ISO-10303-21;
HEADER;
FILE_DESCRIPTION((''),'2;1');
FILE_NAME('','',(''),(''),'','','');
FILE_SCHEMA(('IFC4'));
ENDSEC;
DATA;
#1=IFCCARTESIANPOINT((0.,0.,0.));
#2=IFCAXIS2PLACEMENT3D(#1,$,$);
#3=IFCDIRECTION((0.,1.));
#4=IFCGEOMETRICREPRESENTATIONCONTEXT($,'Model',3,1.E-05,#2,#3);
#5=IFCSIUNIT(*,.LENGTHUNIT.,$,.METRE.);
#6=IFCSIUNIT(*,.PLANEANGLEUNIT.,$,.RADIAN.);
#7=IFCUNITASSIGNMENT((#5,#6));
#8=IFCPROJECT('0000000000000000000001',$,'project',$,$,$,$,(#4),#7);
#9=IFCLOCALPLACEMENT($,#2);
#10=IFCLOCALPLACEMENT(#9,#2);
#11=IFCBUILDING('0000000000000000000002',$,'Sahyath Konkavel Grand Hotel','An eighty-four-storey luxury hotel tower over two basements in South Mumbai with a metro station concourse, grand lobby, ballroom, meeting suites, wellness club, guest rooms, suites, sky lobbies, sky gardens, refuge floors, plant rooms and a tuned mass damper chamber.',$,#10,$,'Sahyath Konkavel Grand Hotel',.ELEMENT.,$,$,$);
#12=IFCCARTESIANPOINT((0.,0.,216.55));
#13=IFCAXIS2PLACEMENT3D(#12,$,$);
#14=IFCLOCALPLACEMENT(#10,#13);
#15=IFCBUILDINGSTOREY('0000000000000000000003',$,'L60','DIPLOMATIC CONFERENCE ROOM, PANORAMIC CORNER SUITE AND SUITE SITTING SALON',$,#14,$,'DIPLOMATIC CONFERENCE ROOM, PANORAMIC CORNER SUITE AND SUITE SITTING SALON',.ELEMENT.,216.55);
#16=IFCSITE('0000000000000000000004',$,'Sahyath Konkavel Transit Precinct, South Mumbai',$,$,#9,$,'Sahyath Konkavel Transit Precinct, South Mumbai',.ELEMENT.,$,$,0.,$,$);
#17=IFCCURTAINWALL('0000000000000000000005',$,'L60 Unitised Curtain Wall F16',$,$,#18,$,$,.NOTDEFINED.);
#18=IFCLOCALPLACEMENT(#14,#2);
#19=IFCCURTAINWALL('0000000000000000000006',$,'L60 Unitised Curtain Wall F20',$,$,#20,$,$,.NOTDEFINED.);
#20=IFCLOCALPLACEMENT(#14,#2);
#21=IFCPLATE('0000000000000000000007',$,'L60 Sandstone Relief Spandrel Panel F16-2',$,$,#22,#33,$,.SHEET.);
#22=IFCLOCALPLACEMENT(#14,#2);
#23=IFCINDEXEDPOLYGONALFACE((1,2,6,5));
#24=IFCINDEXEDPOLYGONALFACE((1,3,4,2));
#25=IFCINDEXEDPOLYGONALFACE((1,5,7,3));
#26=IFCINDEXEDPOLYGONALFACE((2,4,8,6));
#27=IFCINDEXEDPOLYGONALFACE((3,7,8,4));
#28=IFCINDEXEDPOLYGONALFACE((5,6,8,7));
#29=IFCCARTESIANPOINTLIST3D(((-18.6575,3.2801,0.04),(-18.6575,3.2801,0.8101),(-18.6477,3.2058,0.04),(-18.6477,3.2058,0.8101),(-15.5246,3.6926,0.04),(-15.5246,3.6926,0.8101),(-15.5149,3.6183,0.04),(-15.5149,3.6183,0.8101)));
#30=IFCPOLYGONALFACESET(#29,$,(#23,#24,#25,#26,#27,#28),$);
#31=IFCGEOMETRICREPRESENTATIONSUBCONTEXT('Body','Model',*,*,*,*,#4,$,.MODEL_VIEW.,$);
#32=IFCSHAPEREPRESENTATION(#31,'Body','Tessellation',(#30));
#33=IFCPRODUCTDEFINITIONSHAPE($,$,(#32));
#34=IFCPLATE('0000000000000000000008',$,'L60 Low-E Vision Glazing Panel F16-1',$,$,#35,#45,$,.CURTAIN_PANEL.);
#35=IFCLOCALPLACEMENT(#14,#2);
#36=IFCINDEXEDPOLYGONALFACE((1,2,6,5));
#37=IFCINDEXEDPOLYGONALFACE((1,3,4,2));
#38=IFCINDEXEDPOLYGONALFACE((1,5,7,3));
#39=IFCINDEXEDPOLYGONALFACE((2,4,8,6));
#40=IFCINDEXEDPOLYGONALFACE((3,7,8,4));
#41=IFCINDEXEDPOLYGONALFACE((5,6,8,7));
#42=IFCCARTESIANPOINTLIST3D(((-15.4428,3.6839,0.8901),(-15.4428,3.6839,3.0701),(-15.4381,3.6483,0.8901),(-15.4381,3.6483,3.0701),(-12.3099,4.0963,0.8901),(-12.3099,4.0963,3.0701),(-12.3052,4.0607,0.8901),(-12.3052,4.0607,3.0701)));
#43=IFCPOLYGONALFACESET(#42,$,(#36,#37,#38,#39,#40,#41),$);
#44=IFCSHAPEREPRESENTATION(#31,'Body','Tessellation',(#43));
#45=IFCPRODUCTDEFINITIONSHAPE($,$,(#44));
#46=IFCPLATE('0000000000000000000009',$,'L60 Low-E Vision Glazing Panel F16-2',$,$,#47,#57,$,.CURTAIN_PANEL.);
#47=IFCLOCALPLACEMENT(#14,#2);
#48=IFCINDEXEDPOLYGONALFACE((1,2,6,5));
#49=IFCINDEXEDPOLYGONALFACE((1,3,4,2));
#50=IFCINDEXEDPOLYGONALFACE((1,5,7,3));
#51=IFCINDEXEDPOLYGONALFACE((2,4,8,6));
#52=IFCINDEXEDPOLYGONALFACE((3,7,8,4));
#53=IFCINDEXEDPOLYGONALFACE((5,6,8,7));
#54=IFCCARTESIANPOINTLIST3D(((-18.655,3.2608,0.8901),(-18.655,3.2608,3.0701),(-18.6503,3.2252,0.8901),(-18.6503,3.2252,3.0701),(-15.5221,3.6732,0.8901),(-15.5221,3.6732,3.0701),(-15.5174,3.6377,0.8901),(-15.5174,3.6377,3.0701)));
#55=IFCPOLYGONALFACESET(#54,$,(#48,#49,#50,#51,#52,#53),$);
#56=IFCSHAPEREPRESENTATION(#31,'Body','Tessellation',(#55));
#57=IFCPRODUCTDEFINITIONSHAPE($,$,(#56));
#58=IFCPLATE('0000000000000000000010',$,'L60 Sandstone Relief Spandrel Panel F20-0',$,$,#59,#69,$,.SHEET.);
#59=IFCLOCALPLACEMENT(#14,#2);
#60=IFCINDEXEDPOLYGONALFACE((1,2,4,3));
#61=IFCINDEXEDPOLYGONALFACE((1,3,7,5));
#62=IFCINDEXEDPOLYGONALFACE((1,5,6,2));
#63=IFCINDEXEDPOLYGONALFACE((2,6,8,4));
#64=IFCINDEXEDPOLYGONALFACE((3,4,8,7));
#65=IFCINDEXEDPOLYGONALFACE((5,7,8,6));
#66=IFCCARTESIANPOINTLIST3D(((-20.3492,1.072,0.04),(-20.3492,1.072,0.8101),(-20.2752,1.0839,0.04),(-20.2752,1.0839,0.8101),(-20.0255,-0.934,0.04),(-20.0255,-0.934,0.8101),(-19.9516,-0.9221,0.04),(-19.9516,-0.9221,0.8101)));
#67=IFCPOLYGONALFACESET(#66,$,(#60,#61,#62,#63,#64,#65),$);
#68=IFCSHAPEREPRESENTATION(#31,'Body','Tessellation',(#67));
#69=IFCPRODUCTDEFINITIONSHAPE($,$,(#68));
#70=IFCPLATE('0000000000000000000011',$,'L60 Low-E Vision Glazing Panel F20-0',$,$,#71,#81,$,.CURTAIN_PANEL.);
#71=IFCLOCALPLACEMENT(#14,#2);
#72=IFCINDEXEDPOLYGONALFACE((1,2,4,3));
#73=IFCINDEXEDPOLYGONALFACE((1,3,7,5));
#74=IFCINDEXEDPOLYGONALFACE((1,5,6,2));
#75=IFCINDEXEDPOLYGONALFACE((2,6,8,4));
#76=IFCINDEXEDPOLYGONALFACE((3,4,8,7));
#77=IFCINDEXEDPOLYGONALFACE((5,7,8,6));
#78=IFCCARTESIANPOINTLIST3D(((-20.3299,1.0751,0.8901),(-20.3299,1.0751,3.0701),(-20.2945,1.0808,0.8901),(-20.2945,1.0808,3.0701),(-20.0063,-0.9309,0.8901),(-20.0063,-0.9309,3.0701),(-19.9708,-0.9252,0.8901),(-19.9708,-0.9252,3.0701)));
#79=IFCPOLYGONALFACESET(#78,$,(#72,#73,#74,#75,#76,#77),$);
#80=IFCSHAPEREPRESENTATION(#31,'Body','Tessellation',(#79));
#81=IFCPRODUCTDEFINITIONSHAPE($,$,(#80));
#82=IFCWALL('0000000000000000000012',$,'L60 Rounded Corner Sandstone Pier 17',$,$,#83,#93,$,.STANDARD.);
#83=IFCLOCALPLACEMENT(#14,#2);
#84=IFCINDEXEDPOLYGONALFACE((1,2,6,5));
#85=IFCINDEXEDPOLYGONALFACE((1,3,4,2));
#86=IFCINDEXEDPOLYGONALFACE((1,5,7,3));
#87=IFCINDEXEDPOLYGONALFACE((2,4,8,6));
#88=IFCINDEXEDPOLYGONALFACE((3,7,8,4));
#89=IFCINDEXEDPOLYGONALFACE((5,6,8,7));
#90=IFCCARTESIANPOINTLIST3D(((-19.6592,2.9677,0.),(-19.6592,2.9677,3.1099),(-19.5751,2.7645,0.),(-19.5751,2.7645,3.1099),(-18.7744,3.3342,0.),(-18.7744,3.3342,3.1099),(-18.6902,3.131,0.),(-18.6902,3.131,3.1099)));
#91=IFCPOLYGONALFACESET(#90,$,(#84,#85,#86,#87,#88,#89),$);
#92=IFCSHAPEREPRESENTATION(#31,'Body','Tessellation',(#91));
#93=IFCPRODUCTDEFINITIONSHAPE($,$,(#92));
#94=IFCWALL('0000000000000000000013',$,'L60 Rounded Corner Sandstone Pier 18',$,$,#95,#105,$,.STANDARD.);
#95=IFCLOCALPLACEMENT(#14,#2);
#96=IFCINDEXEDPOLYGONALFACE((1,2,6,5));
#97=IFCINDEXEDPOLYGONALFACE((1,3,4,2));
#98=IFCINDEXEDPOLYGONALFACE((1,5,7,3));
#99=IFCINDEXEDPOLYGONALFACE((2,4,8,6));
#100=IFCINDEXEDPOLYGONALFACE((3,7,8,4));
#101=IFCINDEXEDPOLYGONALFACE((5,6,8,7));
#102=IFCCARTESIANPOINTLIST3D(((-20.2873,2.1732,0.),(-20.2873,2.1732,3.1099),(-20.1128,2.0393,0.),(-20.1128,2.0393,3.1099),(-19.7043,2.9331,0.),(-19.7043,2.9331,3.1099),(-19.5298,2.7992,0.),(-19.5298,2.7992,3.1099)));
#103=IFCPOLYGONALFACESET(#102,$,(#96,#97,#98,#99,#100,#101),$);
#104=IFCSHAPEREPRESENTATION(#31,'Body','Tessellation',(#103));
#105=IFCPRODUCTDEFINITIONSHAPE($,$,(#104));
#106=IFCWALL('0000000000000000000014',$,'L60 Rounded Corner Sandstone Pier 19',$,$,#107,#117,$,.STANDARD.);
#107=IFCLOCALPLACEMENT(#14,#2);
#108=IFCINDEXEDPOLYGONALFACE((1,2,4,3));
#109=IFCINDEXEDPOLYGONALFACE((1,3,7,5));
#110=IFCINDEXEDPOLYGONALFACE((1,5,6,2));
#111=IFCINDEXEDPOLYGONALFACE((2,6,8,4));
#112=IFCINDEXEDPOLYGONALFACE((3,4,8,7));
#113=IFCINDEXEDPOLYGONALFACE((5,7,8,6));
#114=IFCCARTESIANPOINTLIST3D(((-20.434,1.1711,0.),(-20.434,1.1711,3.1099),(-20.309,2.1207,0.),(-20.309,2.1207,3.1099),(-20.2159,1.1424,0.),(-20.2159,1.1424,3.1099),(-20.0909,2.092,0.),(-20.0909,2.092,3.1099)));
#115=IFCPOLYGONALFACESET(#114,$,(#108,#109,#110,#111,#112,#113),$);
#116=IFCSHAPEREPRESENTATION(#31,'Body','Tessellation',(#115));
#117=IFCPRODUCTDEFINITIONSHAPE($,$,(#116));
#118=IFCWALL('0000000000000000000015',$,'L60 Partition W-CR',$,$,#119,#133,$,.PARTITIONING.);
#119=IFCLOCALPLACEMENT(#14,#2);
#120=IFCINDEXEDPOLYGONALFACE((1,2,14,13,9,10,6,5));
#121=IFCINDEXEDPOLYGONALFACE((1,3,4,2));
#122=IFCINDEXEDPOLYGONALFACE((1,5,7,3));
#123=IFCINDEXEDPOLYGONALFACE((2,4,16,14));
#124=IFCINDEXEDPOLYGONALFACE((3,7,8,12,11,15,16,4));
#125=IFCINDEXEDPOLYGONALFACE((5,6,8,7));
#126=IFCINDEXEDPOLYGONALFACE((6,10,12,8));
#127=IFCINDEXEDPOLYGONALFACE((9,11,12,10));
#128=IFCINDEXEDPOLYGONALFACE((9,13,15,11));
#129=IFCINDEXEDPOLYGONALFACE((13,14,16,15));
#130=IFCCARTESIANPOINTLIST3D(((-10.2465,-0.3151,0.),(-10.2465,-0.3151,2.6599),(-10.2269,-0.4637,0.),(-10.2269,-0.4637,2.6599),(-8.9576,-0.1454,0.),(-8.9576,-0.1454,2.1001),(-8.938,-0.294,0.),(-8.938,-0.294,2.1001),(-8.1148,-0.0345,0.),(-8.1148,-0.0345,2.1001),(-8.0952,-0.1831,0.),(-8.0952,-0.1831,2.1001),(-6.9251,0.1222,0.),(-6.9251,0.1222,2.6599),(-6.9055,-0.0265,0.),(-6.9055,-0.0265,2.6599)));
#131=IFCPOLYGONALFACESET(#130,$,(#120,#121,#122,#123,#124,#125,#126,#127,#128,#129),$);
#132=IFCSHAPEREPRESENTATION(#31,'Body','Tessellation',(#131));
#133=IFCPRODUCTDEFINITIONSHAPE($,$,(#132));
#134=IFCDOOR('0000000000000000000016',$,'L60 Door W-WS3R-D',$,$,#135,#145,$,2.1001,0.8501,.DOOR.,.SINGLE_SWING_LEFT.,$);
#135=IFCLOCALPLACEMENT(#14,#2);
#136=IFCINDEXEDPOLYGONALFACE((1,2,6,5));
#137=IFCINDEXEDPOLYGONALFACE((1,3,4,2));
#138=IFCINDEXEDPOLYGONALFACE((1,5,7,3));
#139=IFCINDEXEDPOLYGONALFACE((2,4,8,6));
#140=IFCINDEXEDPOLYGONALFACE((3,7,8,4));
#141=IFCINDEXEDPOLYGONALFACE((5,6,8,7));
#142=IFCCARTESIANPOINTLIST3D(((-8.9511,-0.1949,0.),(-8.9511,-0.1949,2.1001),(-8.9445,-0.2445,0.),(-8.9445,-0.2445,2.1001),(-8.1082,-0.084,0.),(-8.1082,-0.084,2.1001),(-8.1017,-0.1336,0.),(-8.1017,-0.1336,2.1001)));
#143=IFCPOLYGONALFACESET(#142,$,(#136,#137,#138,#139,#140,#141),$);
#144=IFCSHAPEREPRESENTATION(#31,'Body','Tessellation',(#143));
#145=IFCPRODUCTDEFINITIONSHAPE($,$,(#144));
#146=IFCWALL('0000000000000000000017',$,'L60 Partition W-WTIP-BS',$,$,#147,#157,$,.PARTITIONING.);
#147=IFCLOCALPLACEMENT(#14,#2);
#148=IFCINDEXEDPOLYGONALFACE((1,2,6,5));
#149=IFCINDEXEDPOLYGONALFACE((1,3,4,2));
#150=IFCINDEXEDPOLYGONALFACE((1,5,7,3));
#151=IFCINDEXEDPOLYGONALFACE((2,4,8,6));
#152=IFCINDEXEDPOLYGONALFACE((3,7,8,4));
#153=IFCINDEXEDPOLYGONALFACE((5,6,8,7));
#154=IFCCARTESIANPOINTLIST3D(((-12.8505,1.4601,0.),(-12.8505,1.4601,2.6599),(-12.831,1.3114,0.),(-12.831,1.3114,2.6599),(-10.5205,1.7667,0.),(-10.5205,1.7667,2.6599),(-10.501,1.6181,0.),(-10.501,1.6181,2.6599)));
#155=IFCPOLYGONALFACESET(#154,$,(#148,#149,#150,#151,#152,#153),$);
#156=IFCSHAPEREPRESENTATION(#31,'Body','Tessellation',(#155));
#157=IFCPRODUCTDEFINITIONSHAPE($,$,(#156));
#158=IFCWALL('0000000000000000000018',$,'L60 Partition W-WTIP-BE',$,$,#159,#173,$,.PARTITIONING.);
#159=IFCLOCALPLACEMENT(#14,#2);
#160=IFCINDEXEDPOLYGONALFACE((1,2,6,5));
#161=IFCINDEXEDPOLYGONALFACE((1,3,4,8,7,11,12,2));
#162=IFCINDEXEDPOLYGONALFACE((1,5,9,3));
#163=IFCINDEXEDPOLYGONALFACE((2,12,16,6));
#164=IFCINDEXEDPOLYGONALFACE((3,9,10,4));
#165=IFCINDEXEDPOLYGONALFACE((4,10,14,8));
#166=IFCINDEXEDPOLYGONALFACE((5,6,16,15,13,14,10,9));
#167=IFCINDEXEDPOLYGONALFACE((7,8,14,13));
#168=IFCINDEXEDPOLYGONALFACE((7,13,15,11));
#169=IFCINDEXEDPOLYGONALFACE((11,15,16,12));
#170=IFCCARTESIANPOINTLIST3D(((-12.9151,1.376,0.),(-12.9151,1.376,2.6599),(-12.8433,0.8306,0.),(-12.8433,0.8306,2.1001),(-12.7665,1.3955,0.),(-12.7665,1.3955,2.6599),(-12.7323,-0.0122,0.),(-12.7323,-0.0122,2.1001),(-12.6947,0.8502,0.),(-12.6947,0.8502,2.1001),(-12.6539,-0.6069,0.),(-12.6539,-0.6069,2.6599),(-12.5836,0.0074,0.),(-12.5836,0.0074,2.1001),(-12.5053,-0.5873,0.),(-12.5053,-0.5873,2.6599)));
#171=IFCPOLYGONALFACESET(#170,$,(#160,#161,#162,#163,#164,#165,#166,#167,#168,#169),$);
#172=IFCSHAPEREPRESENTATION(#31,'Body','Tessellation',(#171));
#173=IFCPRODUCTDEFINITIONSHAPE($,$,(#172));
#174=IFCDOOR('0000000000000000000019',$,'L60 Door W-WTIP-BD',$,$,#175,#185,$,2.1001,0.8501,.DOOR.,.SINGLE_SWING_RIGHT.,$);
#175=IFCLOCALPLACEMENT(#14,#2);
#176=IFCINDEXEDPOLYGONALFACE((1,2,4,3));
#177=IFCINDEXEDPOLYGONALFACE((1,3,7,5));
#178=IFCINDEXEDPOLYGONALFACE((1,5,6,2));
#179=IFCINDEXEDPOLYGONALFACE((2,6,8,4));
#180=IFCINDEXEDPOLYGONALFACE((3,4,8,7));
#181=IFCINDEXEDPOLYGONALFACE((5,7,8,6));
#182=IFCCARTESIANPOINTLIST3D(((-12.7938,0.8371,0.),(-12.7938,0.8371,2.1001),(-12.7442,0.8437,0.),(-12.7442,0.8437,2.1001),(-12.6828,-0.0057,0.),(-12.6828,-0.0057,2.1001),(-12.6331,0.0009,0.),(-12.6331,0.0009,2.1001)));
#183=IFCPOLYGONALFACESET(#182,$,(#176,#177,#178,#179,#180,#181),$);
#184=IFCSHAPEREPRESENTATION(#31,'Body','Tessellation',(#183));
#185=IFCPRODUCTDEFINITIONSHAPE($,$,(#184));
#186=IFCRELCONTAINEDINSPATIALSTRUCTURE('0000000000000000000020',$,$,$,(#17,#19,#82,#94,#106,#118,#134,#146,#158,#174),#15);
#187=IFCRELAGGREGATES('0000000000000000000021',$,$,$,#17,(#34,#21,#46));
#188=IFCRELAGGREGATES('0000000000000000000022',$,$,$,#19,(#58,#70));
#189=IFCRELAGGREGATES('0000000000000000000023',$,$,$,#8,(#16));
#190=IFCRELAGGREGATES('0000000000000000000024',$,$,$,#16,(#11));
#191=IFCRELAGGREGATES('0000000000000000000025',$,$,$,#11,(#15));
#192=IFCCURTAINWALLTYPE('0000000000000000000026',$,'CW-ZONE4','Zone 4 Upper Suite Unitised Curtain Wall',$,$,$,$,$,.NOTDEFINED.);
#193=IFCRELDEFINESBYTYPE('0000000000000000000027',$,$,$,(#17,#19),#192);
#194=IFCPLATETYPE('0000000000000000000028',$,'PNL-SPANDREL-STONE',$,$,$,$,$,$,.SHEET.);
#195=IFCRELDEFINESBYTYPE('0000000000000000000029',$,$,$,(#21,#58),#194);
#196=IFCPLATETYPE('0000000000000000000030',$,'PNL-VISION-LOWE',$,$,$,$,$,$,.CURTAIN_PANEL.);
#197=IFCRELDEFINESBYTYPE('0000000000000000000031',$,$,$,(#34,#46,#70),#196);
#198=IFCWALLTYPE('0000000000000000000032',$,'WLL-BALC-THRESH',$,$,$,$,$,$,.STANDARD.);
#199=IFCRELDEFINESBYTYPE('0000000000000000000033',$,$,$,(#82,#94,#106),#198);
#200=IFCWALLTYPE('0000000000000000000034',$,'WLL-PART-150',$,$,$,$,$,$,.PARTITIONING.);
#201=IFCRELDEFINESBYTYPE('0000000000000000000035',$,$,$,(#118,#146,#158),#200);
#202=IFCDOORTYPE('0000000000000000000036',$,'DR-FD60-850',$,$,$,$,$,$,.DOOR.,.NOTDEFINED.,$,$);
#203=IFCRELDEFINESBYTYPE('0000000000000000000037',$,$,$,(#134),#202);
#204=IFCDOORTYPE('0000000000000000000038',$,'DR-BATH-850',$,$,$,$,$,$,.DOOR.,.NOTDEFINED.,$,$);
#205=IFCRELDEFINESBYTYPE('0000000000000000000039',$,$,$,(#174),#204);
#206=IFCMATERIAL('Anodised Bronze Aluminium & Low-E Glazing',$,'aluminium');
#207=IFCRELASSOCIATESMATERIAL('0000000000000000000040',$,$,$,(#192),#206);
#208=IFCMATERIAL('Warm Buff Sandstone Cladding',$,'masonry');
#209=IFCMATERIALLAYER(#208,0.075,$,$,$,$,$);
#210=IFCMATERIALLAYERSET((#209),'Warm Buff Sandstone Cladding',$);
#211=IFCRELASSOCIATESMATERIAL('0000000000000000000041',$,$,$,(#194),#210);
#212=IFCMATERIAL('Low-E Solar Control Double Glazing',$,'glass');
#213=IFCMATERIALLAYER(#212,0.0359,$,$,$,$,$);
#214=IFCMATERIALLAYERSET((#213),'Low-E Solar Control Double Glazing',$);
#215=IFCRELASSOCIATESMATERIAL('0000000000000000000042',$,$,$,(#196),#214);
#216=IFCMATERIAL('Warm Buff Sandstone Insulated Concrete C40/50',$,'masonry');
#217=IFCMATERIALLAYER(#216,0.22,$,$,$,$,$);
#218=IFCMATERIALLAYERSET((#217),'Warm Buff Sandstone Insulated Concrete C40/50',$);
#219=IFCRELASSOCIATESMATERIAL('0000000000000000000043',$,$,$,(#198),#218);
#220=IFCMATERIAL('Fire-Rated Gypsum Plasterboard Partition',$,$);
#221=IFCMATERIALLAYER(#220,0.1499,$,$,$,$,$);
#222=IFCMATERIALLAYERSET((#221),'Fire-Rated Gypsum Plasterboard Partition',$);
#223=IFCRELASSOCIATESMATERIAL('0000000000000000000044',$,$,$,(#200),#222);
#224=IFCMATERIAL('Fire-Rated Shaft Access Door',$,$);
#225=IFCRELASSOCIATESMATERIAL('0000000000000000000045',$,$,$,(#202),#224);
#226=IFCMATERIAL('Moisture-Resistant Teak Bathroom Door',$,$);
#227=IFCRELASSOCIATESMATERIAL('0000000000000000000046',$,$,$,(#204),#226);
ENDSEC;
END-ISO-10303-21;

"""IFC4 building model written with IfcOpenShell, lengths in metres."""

from ifc_helpers import new_model, si_unit, direction, frame, frame_2d, origin, origin_2d, place, context, subcontext, project, spatial, rectangle, extrude, source, transform, mapped, material, layer, layer_set, type_object, element, fill, aggregate, save


model = new_model("IFC4")

# Units and contexts
model_context = context("Model", 3, precision=1e-05, world=origin(), true_north=direction((0.0, 1.0)))
body_context = subcontext(model_context, "Body", "Model", "MODEL_VIEW")
ifc_project = project(units=[si_unit("LENGTHUNIT", "METRE"), si_unit("PLANEANGLEUNIT", "RADIAN")], contexts=[model_context])

# Site, building, storey
site_placement = place(None, origin())
site = spatial("IfcSite", under=ifc_project, at=site_placement, Name="Sahyath Konkavel Transit Precinct, South Mumbai", LongName="Sahyath Konkavel Transit Precinct, South Mumbai", CompositionType="ELEMENT", RefElevation=0.0)
building_placement = place(site_placement, origin())
building = spatial("IfcBuilding", under=site, at=building_placement, Name="Sahyath Konkavel Grand Hotel", Description="An eighty-four-storey luxury hotel tower over two basements in South Mumbai with a metro station concourse, grand lobby, ballroom, meeting suites, wellness club, guest rooms, suites, sky lobbies, sky gardens, refuge floors, plant rooms and a tuned mass damper chamber.", LongName="Sahyath Konkavel Grand Hotel", CompositionType="ELEMENT")
storey_placement = place(building_placement, frame((0.0, 0.0, 216.55)))
storey = spatial("IfcBuildingStorey", under=building, at=storey_placement, Name="L60", Description="DIPLOMATIC CONFERENCE ROOM, PANORAMIC CORNER SUITE AND SUITE SITTING SALON", LongName="DIPLOMATIC CONFERENCE ROOM, PANORAMIC CORNER SUITE AND SUITE SITTING SALON", CompositionType="ELEMENT", Elevation=216.55)

# Curtain wall
ifc_material_1 = material(Name="Anodised Bronze Aluminium & Low-E Glazing", Category="aluminium")
curtain_wall_type = type_object("IfcCurtainWallType", Name="CW-ZONE4", Description="Zone 4 Upper Suite Unitised Curtain Wall", PredefinedType="NOTDEFINED", material=ifc_material_1)
curtain_wall_1_placement = place(storey_placement, origin())
curtain_wall_1 = element("IfcCurtainWall", 1, at=curtain_wall_1_placement, inside=storey, type_object=curtain_wall_type, Name="L60 Unitised Curtain Wall F16", PredefinedType="NOTDEFINED")

# Curtain wall
curtain_wall_2_placement = place(storey_placement, origin())
curtain_wall_2 = element("IfcCurtainWall", 2, at=curtain_wall_2_placement, inside=storey, type_object=curtain_wall_type, Name="L60 Unitised Curtain Wall F20", PredefinedType="NOTDEFINED")

# Plates
ifc_material_2 = material(Name="Warm Buff Sandstone Cladding", Category="masonry")
ifc_layer_1 = layer(ifc_material_2, 0.075)
ifc_layer_set_1 = layer_set([ifc_layer_1], Name="Warm Buff Sandstone Cladding")
plate_type_1 = type_object("IfcPlateType", Name="PNL-SPANDREL-STONE", PredefinedType="SHEET", material=ifc_layer_set_1)
shared_shape_1 = source(origin(), body_context, "Body", "SweptSolid", [
    extrude(rectangle(XDim=3.1599, YDim=0.075, at=origin_2d()), origin(), (0.0, 0.0, 1.0), 0.77),
])
plate_1_placement = place(storey_placement, frame((-17.0862, 3.4492, 0.04), z_axis=(0.0, 0.0, 1.0), x_axis=(-0.991445, -0.130526, 0.0)))
plate_1 = element("IfcPlate", 3, at=plate_1_placement, type_object=plate_type_1, Name="L60 Sandstone Relief Spandrel Panel F16-2", PredefinedType="SHEET", context=body_context, shape_type="MappedRepresentation", body=[
    mapped(shared_shape_1, transform((0.0, 0.0, 0.0), scale=1.0)),
])
ifc_material_3 = material(Name="Low-E Solar Control Double Glazing", Category="glass")
ifc_layer_2 = layer(ifc_material_3, 0.0359)
ifc_layer_set_2 = layer_set([ifc_layer_2], Name="Low-E Solar Control Double Glazing")
plate_type_2 = type_object("IfcPlateType", Name="PNL-VISION-LOWE", PredefinedType="CURTAIN_PANEL", material=ifc_layer_set_2)
shared_shape_2 = source(origin(), body_context, "Body", "SweptSolid", [
    extrude(rectangle(XDim=3.1599, YDim=0.0359, at=origin_2d()), origin(), (0.0, 0.0, 1.0), 2.1799),
])
plate_2_placement = place(storey_placement, frame((-13.874, 3.8723, 0.8901), z_axis=(0.0, 0.0, 1.0), x_axis=(-0.991445, -0.130526, 0.0)))
plate_2 = element("IfcPlate", 4, at=plate_2_placement, type_object=plate_type_2, Name="L60 Low-E Vision Glazing Panel F16-1", PredefinedType="CURTAIN_PANEL", context=body_context, shape_type="MappedRepresentation", body=[
    mapped(shared_shape_2, transform((0.0, 0.0, 0.0), scale=1.0)),
])
plate_3_placement = place(storey_placement, frame((-17.0862, 3.4492, 0.8901), z_axis=(0.0, 0.0, 1.0), x_axis=(-0.991445, -0.130526, 0.0)))
plate_3 = element("IfcPlate", 5, at=plate_3_placement, type_object=plate_type_2, Name="L60 Low-E Vision Glazing Panel F16-2", PredefinedType="CURTAIN_PANEL", context=body_context, shape_type="MappedRepresentation", body=[
    mapped(shared_shape_2, transform((0.0, 0.0, 0.0), scale=1.0)),
])
aggregate(curtain_wall_1, [plate_2, plate_1, plate_3])
shared_shape_3 = source(origin(), body_context, "Body", "SweptSolid", [
    extrude(rectangle(XDim=2.032, YDim=0.075, at=origin_2d()), origin(), (0.0, 0.0, 1.0), 0.77),
])
plate_4_placement = place(storey_placement, frame((-20.1504, 0.075, 0.04), z_axis=(0.0, 0.0, 1.0), x_axis=(0.159295, -0.987231, 0.0)))
plate_4 = element("IfcPlate", 6, at=plate_4_placement, type_object=plate_type_1, Name="L60 Sandstone Relief Spandrel Panel F20-0", PredefinedType="SHEET", context=body_context, shape_type="MappedRepresentation", body=[
    mapped(shared_shape_3, transform((0.0, 0.0, 0.0), scale=1.0)),
])
shared_shape_4 = source(origin(), body_context, "Body", "SweptSolid", [
    extrude(rectangle(XDim=2.032, YDim=0.0359, at=origin_2d()), origin(), (0.0, 0.0, 1.0), 2.1799),
])
plate_5_placement = place(storey_placement, frame((-20.1504, 0.075, 0.8901), z_axis=(0.0, 0.0, 1.0), x_axis=(0.159295, -0.987231, 0.0)))
plate_5 = element("IfcPlate", 7, at=plate_5_placement, type_object=plate_type_2, Name="L60 Low-E Vision Glazing Panel F20-0", PredefinedType="CURTAIN_PANEL", context=body_context, shape_type="MappedRepresentation", body=[
    mapped(shared_shape_4, transform((0.0, 0.0, 0.0), scale=1.0)),
])
aggregate(curtain_wall_2, [plate_4, plate_5])

# Walls
ifc_material_4 = material(Name="Warm Buff Sandstone Insulated Concrete C40/50", Category="masonry")
ifc_layer_3 = layer(ifc_material_4, 0.22)
ifc_layer_set_3 = layer_set([ifc_layer_3], Name="Warm Buff Sandstone Insulated Concrete C40/50")
wall_type_1 = type_object("IfcWallType", Name="WLL-BALC-THRESH", PredefinedType="STANDARD", material=ifc_layer_set_3)
for number, where, z_axis, x_axis, name in (
    (8, (-18.7322, 3.2327, 0.0), (0.0, 0.0, 1.0), (-0.923889, -0.38266, 0.0), "L60 Rounded Corner Sandstone Pier 17"),
    (9, (-19.6169, 2.8662, 0.0), (0.0, 0.0, 1.0), (-0.608774, -0.793344, 0.0), "L60 Rounded Corner Sandstone Pier 18"),
    (10, (-20.2, 2.1064, 0.0), (0.0, 0.0, 1.0), (-0.130527, -0.991445, 0.0), "L60 Rounded Corner Sandstone Pier 19"),
):
    element("IfcWall", number, at=place(storey_placement, frame(where, z_axis=z_axis, x_axis=x_axis)), inside=storey, type_object=wall_type_1, Name=name, PredefinedType="STANDARD", context=body_context, shape_type="SweptSolid", body=[
        extrude(rectangle(XDim=0.9578, YDim=0.22, at=frame_2d((0.479, 0.0))), origin(), (0.0, 0.0, 1.0), 3.1099),
    ])

# Wall, opening, door
ifc_material_5 = material(Name="Fire-Rated Gypsum Plasterboard Partition")
ifc_layer_4 = layer(ifc_material_5, 0.1499)
ifc_layer_set_4 = layer_set([ifc_layer_4], Name="Fire-Rated Gypsum Plasterboard Partition")
wall_type_2 = type_object("IfcWallType", Name="WLL-PART-150", PredefinedType="PARTITIONING", material=ifc_layer_set_4)
wall_1_placement = place(storey_placement, frame((-6.9153, 0.0479, 0.0), z_axis=(0.0, 0.0, 1.0), x_axis=(-0.991446, -0.130517, 0.0)))
wall_1 = element("IfcWall", 11, at=wall_1_placement, inside=storey, type_object=wall_type_2, Name="L60 Partition W-CR", PredefinedType="PARTITIONING", context=body_context, shape_type="SweptSolid", body=[
    extrude(rectangle(XDim=3.3501, YDim=0.1499, at=frame_2d((1.675, 0.0))), origin(), (0.0, 0.0, 1.0), 2.6599),
])
opening_1_placement = place(wall_1_placement, frame((1.2, 0.0, 0.0)))
opening_1 = element("IfcOpeningElement", 12, at=opening_1_placement, cuts=wall_1, PredefinedType="OPENING", context=body_context, shape_type="SweptSolid", body=[
    extrude(rectangle(XDim=0.8501, YDim=2.1001, at=frame_2d((0.425, 1.05))), frame((0.0, 0.085, 0.0), z_axis=(0.0, -1.0, 0.0), x_axis=(1.0, 0.0, 0.0)), (0.0, 0.0, 1.0), 0.1699),
])
ifc_material_6 = material(Name="Fire-Rated Shaft Access Door")
door_type_1 = type_object("IfcDoorType", Name="DR-FD60-850", OperationType="NOTDEFINED", PredefinedType="DOOR", material=ifc_material_6)
shared_shape_5 = source(origin(), body_context, "Body", "SweptSolid", [
    extrude(rectangle(XDim=0.8501, YDim=0.05, at=origin_2d()), origin(), (0.0, 0.0, 1.0), 2.1001),
])
door_1_placement = place(opening_1_placement, frame((0.425, 0.0, 0.0)))
door_1 = element("IfcDoor", 13, at=door_1_placement, inside=storey, type_object=door_type_1, Name="L60 Door W-WS3R-D", OperationType="SINGLE_SWING_LEFT", OverallHeight=2.1001, OverallWidth=0.8501, PredefinedType="DOOR", context=body_context, shape_type="MappedRepresentation", body=[
    mapped(shared_shape_5, transform((0.0, 0.0, 0.0), scale=1.0)),
])
fill(opening_1, door_1)

# Wall
wall_2_placement = place(storey_placement, frame((-10.5107, 1.6924, 0.0), z_axis=(0.0, 0.0, 1.0), x_axis=(-0.991451, -0.130476, 0.0)))
element("IfcWall", 14, at=wall_2_placement, inside=storey, type_object=wall_type_2, Name="L60 Partition W-WTIP-BS", PredefinedType="PARTITIONING", context=body_context, shape_type="SweptSolid", body=[
    extrude(rectangle(XDim=2.3501, YDim=0.1499, at=frame_2d((1.175, 0.0))), origin(), (0.0, 0.0, 1.0), 2.6599),
])

# Wall, opening, door
wall_3_placement = place(storey_placement, frame((-12.8408, 1.3857, 0.0), z_axis=(0.0, 0.0, 1.0), x_axis=(0.130612, -0.991434, 0.0)))
wall_3 = element("IfcWall", 15, at=wall_3_placement, inside=storey, type_object=wall_type_2, Name="L60 Partition W-WTIP-BE", PredefinedType="PARTITIONING", context=body_context, shape_type="SweptSolid", body=[
    extrude(rectangle(XDim=2.0, YDim=0.1499, at=frame_2d((1.0, 0.0))), origin(), (0.0, 0.0, 1.0), 2.6599),
])
opening_2_placement = place(wall_3_placement, frame((0.55, 0.0, 0.0)))
opening_2 = element("IfcOpeningElement", 16, at=opening_2_placement, cuts=wall_3, PredefinedType="OPENING", context=body_context, shape_type="SweptSolid", body=[
    extrude(rectangle(XDim=0.8501, YDim=2.1001, at=frame_2d((0.425, 1.05))), frame((0.0, 0.085, 0.0), z_axis=(0.0, -1.0, 0.0), x_axis=(1.0, 0.0, 0.0)), (0.0, 0.0, 1.0), 0.1699),
])
ifc_material_7 = material(Name="Moisture-Resistant Teak Bathroom Door")
door_type_2 = type_object("IfcDoorType", Name="DR-BATH-850", OperationType="NOTDEFINED", PredefinedType="DOOR", material=ifc_material_7)
door_2_placement = place(opening_2_placement, frame((0.425, 0.0, 0.0)))
door_2 = element("IfcDoor", 17, at=door_2_placement, inside=storey, type_object=door_type_2, Name="L60 Door W-WTIP-BD", OperationType="SINGLE_SWING_RIGHT", OverallHeight=2.1001, OverallWidth=0.8501, PredefinedType="DOOR", context=body_context, shape_type="MappedRepresentation", body=[
    mapped(shared_shape_5, transform((0.0, 0.0, 0.0), scale=1.0)),
])
fill(opening_2, door_2)

save(model, "model.ifc")
